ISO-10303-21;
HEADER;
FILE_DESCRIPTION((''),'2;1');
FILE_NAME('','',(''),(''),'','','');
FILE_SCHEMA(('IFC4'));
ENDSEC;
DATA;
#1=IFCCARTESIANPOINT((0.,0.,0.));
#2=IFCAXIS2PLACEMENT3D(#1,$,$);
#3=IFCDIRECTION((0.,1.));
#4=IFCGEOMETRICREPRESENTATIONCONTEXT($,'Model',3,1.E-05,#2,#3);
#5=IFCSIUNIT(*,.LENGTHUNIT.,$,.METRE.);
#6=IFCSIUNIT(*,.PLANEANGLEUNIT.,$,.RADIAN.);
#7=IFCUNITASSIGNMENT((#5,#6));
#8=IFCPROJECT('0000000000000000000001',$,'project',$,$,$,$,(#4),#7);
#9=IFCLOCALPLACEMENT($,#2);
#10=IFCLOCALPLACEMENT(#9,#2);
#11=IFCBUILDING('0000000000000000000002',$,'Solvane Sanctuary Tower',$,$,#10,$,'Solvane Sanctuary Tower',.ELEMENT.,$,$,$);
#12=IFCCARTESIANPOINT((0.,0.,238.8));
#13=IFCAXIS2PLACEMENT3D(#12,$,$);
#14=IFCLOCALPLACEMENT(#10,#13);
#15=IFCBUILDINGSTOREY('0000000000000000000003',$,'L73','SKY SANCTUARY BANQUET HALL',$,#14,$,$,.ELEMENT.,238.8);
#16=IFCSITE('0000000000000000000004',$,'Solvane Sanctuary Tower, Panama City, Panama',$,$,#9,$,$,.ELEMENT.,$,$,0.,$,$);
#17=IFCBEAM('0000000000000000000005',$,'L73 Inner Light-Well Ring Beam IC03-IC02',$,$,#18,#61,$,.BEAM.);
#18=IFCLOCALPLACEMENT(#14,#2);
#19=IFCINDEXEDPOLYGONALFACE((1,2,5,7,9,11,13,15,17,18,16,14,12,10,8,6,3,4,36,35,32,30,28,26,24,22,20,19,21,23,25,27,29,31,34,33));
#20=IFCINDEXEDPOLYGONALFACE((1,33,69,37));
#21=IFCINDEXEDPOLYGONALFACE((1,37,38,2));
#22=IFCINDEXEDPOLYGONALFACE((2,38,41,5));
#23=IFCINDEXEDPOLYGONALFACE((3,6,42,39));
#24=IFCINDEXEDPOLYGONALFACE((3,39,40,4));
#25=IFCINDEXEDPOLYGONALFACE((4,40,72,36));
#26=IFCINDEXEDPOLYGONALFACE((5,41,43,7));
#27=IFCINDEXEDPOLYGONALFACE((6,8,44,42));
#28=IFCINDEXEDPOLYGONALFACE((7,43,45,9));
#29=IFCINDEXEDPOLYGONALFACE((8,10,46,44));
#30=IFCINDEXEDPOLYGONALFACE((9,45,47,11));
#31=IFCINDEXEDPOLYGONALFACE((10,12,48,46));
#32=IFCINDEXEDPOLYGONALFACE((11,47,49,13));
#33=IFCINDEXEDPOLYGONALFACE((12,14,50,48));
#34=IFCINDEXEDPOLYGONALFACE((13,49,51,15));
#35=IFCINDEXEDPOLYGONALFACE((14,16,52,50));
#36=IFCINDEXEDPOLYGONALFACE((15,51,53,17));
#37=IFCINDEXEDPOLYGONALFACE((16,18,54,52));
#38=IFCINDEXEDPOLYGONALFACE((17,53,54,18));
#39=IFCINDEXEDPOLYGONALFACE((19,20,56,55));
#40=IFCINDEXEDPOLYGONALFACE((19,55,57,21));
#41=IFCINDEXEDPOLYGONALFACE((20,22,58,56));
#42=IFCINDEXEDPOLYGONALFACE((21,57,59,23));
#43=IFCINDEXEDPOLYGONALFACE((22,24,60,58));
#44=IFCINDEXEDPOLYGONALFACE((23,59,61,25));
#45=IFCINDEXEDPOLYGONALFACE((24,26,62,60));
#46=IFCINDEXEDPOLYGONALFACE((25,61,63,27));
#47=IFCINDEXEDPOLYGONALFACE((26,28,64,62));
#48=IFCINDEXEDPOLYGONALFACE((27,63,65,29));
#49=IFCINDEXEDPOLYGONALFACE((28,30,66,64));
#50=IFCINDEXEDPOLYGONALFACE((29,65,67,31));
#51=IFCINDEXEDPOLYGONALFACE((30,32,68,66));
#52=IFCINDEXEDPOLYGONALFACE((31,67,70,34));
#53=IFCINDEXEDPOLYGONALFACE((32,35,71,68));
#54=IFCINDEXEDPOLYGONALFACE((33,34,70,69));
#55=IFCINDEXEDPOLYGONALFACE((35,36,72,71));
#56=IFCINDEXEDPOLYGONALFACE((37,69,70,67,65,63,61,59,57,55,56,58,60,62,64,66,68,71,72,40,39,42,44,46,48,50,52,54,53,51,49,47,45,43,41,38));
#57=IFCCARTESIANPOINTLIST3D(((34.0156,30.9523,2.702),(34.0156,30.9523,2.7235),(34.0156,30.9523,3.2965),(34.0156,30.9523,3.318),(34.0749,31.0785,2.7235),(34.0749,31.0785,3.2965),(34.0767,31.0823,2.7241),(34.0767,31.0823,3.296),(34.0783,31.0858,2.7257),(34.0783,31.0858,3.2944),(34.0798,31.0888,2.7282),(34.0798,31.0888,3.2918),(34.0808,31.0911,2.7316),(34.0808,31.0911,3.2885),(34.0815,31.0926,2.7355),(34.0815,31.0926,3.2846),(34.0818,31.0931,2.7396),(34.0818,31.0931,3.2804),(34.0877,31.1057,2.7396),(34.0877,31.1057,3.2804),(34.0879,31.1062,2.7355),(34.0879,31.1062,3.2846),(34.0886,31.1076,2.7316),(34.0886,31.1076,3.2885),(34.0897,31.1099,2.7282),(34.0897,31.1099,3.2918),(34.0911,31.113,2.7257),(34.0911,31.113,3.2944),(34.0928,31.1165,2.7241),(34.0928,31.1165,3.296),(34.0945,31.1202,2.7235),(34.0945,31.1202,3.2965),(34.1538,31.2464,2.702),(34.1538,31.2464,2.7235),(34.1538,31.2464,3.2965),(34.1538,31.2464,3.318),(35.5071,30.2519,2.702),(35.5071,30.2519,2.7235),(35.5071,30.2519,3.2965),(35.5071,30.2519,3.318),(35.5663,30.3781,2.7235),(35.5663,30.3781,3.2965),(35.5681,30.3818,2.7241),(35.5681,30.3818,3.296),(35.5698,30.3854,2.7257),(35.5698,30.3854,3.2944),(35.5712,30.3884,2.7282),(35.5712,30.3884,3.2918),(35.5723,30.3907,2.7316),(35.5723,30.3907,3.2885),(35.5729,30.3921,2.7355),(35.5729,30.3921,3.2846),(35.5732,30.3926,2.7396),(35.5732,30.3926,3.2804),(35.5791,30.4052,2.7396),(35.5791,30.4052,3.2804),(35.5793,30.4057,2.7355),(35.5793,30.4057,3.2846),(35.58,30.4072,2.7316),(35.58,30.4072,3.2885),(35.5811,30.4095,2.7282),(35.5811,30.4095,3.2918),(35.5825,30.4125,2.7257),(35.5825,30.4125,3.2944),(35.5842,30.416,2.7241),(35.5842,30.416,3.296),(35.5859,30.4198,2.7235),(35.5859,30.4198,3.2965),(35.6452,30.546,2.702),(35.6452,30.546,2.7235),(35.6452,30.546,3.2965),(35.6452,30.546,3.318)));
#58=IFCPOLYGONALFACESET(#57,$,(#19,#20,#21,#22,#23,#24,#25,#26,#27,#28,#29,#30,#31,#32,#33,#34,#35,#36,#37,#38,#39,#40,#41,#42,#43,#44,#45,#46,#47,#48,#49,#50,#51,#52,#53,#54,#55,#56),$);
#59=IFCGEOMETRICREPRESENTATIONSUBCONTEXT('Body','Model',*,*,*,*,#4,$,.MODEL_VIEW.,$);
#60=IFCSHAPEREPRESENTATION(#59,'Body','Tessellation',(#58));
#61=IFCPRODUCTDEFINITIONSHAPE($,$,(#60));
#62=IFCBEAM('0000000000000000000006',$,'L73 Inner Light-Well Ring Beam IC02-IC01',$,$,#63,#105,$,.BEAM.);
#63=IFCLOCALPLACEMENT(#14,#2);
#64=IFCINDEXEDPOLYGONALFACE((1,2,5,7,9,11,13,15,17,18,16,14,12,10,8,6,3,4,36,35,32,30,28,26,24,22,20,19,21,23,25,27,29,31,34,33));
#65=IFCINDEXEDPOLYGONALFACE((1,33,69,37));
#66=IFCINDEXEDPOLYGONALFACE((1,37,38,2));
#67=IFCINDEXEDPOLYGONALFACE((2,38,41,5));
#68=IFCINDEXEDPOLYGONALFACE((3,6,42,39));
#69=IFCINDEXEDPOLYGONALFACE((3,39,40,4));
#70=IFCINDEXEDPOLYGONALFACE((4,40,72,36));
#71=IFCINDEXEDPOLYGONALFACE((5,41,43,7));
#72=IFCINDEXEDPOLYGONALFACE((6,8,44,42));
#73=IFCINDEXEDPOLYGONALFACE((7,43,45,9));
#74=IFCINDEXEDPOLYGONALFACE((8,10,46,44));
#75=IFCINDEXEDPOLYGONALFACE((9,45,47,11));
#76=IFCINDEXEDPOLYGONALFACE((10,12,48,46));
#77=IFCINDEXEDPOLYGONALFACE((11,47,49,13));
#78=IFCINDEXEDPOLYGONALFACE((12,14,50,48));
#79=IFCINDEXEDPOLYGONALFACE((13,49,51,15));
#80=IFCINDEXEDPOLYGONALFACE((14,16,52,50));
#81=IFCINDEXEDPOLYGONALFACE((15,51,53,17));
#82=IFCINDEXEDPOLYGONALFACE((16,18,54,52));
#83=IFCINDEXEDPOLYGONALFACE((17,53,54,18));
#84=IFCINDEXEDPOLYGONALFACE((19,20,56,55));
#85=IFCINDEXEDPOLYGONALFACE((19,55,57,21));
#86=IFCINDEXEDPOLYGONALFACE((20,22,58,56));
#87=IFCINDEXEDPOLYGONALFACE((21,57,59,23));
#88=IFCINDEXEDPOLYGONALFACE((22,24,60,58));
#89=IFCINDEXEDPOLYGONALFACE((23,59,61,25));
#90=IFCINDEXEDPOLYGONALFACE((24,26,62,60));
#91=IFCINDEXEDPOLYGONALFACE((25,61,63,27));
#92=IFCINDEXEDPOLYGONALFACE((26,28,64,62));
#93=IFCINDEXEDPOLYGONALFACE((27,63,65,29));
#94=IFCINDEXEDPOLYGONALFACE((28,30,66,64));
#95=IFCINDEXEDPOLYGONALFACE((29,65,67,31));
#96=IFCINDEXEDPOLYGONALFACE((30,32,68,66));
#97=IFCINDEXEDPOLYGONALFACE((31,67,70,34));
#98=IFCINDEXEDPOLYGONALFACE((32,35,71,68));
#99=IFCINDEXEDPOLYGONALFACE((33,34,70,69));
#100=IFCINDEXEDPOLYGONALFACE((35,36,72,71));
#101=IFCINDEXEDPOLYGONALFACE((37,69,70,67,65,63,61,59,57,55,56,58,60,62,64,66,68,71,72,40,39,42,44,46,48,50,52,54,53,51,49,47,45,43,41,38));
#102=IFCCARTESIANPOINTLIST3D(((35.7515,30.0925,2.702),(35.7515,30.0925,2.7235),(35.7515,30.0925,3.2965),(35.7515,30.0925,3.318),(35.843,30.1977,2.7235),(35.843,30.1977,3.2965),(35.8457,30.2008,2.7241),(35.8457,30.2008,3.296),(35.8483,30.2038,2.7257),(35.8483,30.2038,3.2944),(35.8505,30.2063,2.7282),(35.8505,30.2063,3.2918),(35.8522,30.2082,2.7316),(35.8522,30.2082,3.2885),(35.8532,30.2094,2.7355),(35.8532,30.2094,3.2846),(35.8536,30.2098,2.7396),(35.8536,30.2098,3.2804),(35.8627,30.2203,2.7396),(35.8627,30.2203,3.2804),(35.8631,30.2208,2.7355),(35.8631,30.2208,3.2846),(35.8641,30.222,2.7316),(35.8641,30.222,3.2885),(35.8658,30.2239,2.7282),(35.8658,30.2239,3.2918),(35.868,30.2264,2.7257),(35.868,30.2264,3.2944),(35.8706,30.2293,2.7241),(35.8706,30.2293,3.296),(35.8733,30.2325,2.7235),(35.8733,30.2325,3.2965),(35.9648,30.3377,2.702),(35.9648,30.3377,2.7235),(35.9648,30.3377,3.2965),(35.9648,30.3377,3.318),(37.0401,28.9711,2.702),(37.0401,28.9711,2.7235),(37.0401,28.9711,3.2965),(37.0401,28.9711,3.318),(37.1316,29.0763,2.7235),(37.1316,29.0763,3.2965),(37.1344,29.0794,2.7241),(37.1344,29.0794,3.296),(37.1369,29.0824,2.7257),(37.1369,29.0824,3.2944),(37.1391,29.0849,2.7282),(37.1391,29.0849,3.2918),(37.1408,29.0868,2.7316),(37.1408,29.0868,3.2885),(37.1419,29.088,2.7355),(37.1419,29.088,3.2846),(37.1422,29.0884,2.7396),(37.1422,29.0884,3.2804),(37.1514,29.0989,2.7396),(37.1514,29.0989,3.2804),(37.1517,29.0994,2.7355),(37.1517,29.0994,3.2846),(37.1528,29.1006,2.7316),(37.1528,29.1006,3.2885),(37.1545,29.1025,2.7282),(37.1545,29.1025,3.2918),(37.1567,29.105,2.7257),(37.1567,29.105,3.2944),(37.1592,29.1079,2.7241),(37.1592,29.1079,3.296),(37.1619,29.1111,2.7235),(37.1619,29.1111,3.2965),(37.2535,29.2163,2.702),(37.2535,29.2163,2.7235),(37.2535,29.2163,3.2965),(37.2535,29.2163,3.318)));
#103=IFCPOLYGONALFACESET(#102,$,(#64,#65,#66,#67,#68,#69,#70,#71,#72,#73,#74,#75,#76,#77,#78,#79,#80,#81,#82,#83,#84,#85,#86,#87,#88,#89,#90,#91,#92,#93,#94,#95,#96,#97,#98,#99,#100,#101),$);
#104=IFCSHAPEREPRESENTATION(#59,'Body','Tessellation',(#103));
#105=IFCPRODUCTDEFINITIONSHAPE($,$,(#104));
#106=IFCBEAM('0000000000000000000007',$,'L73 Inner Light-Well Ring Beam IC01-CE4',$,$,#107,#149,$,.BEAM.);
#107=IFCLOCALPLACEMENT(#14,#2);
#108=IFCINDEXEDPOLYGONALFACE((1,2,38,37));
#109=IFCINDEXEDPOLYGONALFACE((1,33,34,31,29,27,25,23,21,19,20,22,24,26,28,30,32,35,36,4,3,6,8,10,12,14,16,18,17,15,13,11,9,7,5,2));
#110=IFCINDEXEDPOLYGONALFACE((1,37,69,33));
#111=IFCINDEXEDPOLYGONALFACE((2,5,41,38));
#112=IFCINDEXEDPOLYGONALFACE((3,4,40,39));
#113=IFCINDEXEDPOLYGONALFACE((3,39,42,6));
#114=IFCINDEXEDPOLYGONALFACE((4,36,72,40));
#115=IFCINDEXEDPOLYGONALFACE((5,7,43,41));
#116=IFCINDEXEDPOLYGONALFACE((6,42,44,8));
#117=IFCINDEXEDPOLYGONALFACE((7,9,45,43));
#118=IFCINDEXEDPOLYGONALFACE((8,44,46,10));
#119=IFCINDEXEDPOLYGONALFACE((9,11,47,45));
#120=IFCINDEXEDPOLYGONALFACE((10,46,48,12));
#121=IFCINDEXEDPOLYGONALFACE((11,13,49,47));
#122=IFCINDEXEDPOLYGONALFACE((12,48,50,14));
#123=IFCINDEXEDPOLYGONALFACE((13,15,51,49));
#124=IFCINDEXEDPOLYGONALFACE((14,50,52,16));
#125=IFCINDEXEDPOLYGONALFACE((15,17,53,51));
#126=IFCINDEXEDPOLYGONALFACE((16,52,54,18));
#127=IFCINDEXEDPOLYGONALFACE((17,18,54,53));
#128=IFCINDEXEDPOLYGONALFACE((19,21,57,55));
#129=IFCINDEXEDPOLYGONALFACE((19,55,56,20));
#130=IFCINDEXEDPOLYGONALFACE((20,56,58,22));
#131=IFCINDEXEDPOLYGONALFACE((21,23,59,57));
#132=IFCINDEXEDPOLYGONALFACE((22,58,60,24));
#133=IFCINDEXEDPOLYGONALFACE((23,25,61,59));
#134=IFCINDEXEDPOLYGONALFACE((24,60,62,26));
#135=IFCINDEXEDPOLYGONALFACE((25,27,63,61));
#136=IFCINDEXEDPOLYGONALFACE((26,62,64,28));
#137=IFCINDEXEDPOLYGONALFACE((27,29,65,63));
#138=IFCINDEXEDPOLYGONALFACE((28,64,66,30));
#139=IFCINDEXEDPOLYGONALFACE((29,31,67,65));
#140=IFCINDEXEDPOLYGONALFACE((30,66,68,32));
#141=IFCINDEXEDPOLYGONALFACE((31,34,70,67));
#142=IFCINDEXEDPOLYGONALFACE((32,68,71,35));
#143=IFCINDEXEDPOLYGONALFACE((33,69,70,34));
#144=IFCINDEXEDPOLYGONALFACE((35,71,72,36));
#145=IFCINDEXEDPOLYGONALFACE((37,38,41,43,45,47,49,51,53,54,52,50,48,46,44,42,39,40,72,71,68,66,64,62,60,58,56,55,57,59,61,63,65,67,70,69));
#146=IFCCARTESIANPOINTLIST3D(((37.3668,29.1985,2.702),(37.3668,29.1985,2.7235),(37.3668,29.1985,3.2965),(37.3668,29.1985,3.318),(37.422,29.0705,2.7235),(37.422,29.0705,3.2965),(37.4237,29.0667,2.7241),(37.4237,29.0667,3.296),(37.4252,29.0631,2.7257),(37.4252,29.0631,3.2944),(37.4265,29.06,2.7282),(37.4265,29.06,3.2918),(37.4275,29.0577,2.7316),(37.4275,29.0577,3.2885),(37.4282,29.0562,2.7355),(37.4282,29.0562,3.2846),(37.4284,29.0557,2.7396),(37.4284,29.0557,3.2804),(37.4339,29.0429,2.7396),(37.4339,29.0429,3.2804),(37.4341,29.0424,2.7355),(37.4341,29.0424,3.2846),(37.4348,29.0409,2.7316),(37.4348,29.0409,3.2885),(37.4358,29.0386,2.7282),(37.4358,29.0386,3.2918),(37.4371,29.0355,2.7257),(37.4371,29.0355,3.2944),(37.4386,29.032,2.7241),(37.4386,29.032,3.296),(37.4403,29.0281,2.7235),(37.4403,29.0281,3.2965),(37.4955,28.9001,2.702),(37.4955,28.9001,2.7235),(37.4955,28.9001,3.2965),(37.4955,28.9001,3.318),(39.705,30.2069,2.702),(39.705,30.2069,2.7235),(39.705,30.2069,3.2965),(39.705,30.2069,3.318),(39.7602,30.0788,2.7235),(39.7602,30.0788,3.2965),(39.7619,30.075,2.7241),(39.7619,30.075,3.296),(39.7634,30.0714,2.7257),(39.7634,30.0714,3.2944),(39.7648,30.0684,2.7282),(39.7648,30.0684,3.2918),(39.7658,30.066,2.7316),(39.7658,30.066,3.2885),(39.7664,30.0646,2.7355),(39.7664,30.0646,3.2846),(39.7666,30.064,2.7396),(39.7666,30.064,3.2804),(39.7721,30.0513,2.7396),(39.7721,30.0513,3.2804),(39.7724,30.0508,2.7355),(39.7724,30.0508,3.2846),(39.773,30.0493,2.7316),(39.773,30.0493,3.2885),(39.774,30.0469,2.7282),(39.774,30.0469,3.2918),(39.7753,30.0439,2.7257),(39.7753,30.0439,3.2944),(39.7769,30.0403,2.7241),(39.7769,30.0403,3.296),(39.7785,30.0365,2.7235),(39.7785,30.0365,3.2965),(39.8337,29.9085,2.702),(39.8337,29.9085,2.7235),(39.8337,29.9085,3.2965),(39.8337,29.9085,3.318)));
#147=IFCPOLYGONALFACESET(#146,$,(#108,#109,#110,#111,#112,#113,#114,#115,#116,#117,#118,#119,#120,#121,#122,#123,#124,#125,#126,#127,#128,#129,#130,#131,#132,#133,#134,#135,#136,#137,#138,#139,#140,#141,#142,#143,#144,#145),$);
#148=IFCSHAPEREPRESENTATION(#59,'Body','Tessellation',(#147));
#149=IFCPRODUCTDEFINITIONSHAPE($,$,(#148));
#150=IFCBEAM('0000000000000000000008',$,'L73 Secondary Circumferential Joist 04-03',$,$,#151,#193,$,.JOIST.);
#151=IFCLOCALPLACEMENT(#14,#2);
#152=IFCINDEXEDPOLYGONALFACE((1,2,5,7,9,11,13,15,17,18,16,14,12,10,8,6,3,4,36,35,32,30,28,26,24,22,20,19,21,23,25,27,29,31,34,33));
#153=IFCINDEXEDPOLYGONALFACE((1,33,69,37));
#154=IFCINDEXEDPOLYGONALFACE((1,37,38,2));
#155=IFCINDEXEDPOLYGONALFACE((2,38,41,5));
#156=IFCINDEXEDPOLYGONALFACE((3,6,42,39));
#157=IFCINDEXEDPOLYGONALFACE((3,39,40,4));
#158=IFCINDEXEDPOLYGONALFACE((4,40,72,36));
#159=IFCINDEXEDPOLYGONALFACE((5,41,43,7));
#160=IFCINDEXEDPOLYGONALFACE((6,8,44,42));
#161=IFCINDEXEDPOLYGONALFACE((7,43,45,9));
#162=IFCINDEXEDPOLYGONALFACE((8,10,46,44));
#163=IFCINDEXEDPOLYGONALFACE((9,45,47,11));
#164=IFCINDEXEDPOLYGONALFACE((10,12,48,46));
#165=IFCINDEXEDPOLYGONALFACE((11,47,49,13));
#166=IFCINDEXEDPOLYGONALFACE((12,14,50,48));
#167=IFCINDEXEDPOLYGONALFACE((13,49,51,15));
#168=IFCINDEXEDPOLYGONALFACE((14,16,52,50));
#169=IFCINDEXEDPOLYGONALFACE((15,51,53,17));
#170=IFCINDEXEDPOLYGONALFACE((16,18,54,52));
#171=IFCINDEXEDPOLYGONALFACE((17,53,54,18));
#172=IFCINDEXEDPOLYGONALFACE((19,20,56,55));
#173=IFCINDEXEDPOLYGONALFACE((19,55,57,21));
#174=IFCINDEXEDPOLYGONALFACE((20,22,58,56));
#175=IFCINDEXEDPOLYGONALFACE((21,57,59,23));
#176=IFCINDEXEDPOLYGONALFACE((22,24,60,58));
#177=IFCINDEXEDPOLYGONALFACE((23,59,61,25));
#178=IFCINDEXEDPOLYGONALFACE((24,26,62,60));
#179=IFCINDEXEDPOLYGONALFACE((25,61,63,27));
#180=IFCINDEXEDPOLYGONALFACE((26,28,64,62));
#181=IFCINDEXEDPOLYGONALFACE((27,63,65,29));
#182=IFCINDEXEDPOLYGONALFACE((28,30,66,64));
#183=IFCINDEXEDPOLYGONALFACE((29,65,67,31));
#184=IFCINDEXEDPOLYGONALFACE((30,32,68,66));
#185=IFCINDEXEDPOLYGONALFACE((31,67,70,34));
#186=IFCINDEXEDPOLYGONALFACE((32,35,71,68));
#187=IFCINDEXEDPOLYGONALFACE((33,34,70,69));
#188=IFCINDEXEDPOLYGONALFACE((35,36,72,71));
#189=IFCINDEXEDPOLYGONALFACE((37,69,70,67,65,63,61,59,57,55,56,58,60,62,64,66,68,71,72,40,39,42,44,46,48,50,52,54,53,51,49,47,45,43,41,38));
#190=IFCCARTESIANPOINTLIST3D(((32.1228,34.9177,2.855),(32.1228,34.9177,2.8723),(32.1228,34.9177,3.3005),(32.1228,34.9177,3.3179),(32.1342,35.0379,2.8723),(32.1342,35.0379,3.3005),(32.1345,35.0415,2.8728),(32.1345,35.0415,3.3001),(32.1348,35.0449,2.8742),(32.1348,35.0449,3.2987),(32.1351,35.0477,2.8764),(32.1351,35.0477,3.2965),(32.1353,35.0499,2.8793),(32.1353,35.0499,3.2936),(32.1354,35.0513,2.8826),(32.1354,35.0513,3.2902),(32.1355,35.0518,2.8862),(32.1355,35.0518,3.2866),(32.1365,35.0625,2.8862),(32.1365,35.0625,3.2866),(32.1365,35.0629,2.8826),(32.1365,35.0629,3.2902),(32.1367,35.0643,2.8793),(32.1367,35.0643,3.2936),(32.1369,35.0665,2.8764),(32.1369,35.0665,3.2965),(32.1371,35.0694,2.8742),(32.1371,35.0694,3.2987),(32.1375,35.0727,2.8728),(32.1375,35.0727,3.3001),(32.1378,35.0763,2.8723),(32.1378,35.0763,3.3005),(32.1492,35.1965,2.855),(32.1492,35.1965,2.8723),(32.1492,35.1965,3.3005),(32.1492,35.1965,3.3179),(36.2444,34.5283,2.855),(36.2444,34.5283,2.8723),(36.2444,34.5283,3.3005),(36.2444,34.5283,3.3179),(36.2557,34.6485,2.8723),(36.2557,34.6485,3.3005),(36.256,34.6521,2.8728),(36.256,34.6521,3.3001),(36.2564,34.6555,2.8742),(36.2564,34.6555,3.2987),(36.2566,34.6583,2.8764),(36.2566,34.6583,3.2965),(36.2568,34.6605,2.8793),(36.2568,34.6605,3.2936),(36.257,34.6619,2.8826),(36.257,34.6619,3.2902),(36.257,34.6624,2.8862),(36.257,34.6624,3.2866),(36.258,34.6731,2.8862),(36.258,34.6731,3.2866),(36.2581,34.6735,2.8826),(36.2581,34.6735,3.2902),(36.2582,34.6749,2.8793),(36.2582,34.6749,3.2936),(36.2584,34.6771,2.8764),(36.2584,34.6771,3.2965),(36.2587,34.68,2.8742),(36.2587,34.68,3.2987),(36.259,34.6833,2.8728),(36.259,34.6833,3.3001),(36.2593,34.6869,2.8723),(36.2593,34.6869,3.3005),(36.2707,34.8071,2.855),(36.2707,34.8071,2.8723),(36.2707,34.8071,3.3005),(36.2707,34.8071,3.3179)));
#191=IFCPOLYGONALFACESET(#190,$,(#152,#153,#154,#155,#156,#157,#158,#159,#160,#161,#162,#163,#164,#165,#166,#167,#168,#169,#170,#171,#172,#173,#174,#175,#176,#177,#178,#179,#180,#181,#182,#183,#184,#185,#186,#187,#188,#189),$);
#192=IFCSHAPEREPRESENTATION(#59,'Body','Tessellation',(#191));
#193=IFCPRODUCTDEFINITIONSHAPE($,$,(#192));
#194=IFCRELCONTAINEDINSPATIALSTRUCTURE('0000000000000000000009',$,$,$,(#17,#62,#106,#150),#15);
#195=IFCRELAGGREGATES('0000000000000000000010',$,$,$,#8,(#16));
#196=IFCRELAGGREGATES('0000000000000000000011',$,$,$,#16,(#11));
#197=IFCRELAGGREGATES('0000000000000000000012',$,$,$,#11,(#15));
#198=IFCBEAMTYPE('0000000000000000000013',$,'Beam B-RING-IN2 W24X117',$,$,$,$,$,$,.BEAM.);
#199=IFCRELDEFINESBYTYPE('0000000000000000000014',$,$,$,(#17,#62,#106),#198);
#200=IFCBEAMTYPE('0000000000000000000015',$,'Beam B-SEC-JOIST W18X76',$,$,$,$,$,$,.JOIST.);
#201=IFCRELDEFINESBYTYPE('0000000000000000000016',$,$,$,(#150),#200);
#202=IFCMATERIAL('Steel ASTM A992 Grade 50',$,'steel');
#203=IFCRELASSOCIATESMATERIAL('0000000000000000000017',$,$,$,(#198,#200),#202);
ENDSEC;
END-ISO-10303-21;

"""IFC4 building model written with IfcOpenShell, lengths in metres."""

from ifc_helpers import new_model, si_unit, direction, frame, origin, origin_2d, place, context, subcontext, project, spatial, i_section, extrude, material, material_profile, profile_set, type_object, element, save


model = new_model("IFC4")

# Units and contexts
model_context = context("Model", 3, precision=1e-05, world=origin(), true_north=direction((0.0, 1.0)))
body_context = subcontext(model_context, "Body", "Model", "MODEL_VIEW")
ifc_project = project(units=[si_unit("LENGTHUNIT", "METRE"), si_unit("PLANEANGLEUNIT", "RADIAN")], contexts=[model_context])

# Site, building, storey
site_placement = place(None, origin())
site = spatial("IfcSite", under=ifc_project, at=site_placement, Name="Solvane Sanctuary Tower, Panama City, Panama", CompositionType="ELEMENT", RefElevation=0.0)
building_placement = place(site_placement, origin())
building = spatial("IfcBuilding", under=site, at=building_placement, Name="Solvane Sanctuary Tower", LongName="Solvane Sanctuary Tower", CompositionType="ELEMENT")
storey_placement = place(building_placement, frame((0.0, 0.0, 238.8)))
storey = spatial("IfcBuildingStorey", under=building, at=storey_placement, Name="L73", Description="SKY SANCTUARY BANQUET HALL", CompositionType="ELEMENT", Elevation=238.8)

# Beams
ifc_material_1 = material(Name="Steel ASTM A992 Grade 50", Category="steel")
ifc_material_profile_1 = material_profile(ifc_material_1, i_section(OverallWidth=0.325, OverallDepth=0.616, WebThickness=0.0139, FlangeThickness=0.0215, FilletRadius=0.0161, at=origin_2d()), Name="W24X117")
ifc_profile_set_1 = profile_set([ifc_material_profile_1], Name="Steel ASTM A992 Grade 50")
beam_type_1 = type_object("IfcBeamType", Name="Beam B-RING-IN2 W24X117", PredefinedType="BEAM", material=ifc_profile_set_1)
beam_1_placement = place(storey_placement, frame((34.0847, 31.0994, 3.01), z_axis=(0.905151, -0.42509, 0.0), x_axis=(0.42509, 0.905151, 0.0)))
element("IfcBeam", 1, at=beam_1_placement, inside=storey, type_object=beam_type_1, Name="L73 Inner Light-Well Ring Beam IC03-IC02", PredefinedType="BEAM", context=body_context, shape_type="SweptSolid", body=[
    extrude(i_section(OverallWidth=0.325, OverallDepth=0.616, WebThickness=0.0139, FlangeThickness=0.0215, FilletRadius=0.0161, at=origin_2d()), origin(), (0.0, 0.0, 1.0), 1.6477),
])
beam_2_placement = place(storey_placement, frame((35.8582, 30.2151, 3.01), z_axis=(0.754362, -0.656458, 0.0), x_axis=(0.656458, 0.754362, 0.0)))
element("IfcBeam", 2, at=beam_2_placement, inside=storey, type_object=beam_type_1, Name="L73 Inner Light-Well Ring Beam IC02-IC01", PredefinedType="BEAM", context=body_context, shape_type="SweptSolid", body=[
    extrude(i_section(OverallWidth=0.325, OverallDepth=0.616, WebThickness=0.0139, FlangeThickness=0.0215, FilletRadius=0.0161, at=origin_2d()), origin(), (0.0, 0.0, 1.0), 1.7083),
])
beam_3_placement = place(storey_placement, frame((37.4312, 29.0493, 3.01), z_axis=(0.918255, 0.39599, 0.0), x_axis=(-0.39599, 0.918255, 0.0)))
element("IfcBeam", 3, at=beam_3_placement, inside=storey, type_object=beam_type_1, Name="L73 Inner Light-Well Ring Beam IC01-CE4", PredefinedType="BEAM", context=body_context, shape_type="SweptSolid", body=[
    extrude(i_section(OverallWidth=0.325, OverallDepth=0.616, WebThickness=0.0139, FlangeThickness=0.0215, FilletRadius=0.0161, at=origin_2d()), origin(), (0.0, 0.0, 1.0), 2.5464),
])
ifc_material_profile_2 = material_profile(ifc_material_1, i_section(OverallWidth=0.28, OverallDepth=0.4629, WebThickness=0.0107, FlangeThickness=0.0173, FilletRadius=0.0139, at=origin_2d()), Name="W18X76")
ifc_profile_set_2 = profile_set([ifc_material_profile_2], Name="Steel ASTM A992 Grade 50")
beam_type_2 = type_object("IfcBeamType", Name="Beam B-SEC-JOIST W18X76", PredefinedType="JOIST", material=ifc_profile_set_2)
beam_4_placement = place(storey_placement, frame((32.136, 35.0571, 3.0864), z_axis=(0.995566, -0.09406, 0.0), x_axis=(0.09406, 0.995566, 0.0)))
element("IfcBeam", 4, at=beam_4_placement, inside=storey, type_object=beam_type_2, Name="L73 Secondary Circumferential Joist 04-03", PredefinedType="JOIST", context=body_context, shape_type="SweptSolid", body=[
    extrude(i_section(OverallWidth=0.28, OverallDepth=0.4629, WebThickness=0.0107, FlangeThickness=0.0173, FilletRadius=0.0139, at=origin_2d()), origin(), (0.0, 0.0, 1.0), 4.1399),
])

save(model, "model.ifc")
